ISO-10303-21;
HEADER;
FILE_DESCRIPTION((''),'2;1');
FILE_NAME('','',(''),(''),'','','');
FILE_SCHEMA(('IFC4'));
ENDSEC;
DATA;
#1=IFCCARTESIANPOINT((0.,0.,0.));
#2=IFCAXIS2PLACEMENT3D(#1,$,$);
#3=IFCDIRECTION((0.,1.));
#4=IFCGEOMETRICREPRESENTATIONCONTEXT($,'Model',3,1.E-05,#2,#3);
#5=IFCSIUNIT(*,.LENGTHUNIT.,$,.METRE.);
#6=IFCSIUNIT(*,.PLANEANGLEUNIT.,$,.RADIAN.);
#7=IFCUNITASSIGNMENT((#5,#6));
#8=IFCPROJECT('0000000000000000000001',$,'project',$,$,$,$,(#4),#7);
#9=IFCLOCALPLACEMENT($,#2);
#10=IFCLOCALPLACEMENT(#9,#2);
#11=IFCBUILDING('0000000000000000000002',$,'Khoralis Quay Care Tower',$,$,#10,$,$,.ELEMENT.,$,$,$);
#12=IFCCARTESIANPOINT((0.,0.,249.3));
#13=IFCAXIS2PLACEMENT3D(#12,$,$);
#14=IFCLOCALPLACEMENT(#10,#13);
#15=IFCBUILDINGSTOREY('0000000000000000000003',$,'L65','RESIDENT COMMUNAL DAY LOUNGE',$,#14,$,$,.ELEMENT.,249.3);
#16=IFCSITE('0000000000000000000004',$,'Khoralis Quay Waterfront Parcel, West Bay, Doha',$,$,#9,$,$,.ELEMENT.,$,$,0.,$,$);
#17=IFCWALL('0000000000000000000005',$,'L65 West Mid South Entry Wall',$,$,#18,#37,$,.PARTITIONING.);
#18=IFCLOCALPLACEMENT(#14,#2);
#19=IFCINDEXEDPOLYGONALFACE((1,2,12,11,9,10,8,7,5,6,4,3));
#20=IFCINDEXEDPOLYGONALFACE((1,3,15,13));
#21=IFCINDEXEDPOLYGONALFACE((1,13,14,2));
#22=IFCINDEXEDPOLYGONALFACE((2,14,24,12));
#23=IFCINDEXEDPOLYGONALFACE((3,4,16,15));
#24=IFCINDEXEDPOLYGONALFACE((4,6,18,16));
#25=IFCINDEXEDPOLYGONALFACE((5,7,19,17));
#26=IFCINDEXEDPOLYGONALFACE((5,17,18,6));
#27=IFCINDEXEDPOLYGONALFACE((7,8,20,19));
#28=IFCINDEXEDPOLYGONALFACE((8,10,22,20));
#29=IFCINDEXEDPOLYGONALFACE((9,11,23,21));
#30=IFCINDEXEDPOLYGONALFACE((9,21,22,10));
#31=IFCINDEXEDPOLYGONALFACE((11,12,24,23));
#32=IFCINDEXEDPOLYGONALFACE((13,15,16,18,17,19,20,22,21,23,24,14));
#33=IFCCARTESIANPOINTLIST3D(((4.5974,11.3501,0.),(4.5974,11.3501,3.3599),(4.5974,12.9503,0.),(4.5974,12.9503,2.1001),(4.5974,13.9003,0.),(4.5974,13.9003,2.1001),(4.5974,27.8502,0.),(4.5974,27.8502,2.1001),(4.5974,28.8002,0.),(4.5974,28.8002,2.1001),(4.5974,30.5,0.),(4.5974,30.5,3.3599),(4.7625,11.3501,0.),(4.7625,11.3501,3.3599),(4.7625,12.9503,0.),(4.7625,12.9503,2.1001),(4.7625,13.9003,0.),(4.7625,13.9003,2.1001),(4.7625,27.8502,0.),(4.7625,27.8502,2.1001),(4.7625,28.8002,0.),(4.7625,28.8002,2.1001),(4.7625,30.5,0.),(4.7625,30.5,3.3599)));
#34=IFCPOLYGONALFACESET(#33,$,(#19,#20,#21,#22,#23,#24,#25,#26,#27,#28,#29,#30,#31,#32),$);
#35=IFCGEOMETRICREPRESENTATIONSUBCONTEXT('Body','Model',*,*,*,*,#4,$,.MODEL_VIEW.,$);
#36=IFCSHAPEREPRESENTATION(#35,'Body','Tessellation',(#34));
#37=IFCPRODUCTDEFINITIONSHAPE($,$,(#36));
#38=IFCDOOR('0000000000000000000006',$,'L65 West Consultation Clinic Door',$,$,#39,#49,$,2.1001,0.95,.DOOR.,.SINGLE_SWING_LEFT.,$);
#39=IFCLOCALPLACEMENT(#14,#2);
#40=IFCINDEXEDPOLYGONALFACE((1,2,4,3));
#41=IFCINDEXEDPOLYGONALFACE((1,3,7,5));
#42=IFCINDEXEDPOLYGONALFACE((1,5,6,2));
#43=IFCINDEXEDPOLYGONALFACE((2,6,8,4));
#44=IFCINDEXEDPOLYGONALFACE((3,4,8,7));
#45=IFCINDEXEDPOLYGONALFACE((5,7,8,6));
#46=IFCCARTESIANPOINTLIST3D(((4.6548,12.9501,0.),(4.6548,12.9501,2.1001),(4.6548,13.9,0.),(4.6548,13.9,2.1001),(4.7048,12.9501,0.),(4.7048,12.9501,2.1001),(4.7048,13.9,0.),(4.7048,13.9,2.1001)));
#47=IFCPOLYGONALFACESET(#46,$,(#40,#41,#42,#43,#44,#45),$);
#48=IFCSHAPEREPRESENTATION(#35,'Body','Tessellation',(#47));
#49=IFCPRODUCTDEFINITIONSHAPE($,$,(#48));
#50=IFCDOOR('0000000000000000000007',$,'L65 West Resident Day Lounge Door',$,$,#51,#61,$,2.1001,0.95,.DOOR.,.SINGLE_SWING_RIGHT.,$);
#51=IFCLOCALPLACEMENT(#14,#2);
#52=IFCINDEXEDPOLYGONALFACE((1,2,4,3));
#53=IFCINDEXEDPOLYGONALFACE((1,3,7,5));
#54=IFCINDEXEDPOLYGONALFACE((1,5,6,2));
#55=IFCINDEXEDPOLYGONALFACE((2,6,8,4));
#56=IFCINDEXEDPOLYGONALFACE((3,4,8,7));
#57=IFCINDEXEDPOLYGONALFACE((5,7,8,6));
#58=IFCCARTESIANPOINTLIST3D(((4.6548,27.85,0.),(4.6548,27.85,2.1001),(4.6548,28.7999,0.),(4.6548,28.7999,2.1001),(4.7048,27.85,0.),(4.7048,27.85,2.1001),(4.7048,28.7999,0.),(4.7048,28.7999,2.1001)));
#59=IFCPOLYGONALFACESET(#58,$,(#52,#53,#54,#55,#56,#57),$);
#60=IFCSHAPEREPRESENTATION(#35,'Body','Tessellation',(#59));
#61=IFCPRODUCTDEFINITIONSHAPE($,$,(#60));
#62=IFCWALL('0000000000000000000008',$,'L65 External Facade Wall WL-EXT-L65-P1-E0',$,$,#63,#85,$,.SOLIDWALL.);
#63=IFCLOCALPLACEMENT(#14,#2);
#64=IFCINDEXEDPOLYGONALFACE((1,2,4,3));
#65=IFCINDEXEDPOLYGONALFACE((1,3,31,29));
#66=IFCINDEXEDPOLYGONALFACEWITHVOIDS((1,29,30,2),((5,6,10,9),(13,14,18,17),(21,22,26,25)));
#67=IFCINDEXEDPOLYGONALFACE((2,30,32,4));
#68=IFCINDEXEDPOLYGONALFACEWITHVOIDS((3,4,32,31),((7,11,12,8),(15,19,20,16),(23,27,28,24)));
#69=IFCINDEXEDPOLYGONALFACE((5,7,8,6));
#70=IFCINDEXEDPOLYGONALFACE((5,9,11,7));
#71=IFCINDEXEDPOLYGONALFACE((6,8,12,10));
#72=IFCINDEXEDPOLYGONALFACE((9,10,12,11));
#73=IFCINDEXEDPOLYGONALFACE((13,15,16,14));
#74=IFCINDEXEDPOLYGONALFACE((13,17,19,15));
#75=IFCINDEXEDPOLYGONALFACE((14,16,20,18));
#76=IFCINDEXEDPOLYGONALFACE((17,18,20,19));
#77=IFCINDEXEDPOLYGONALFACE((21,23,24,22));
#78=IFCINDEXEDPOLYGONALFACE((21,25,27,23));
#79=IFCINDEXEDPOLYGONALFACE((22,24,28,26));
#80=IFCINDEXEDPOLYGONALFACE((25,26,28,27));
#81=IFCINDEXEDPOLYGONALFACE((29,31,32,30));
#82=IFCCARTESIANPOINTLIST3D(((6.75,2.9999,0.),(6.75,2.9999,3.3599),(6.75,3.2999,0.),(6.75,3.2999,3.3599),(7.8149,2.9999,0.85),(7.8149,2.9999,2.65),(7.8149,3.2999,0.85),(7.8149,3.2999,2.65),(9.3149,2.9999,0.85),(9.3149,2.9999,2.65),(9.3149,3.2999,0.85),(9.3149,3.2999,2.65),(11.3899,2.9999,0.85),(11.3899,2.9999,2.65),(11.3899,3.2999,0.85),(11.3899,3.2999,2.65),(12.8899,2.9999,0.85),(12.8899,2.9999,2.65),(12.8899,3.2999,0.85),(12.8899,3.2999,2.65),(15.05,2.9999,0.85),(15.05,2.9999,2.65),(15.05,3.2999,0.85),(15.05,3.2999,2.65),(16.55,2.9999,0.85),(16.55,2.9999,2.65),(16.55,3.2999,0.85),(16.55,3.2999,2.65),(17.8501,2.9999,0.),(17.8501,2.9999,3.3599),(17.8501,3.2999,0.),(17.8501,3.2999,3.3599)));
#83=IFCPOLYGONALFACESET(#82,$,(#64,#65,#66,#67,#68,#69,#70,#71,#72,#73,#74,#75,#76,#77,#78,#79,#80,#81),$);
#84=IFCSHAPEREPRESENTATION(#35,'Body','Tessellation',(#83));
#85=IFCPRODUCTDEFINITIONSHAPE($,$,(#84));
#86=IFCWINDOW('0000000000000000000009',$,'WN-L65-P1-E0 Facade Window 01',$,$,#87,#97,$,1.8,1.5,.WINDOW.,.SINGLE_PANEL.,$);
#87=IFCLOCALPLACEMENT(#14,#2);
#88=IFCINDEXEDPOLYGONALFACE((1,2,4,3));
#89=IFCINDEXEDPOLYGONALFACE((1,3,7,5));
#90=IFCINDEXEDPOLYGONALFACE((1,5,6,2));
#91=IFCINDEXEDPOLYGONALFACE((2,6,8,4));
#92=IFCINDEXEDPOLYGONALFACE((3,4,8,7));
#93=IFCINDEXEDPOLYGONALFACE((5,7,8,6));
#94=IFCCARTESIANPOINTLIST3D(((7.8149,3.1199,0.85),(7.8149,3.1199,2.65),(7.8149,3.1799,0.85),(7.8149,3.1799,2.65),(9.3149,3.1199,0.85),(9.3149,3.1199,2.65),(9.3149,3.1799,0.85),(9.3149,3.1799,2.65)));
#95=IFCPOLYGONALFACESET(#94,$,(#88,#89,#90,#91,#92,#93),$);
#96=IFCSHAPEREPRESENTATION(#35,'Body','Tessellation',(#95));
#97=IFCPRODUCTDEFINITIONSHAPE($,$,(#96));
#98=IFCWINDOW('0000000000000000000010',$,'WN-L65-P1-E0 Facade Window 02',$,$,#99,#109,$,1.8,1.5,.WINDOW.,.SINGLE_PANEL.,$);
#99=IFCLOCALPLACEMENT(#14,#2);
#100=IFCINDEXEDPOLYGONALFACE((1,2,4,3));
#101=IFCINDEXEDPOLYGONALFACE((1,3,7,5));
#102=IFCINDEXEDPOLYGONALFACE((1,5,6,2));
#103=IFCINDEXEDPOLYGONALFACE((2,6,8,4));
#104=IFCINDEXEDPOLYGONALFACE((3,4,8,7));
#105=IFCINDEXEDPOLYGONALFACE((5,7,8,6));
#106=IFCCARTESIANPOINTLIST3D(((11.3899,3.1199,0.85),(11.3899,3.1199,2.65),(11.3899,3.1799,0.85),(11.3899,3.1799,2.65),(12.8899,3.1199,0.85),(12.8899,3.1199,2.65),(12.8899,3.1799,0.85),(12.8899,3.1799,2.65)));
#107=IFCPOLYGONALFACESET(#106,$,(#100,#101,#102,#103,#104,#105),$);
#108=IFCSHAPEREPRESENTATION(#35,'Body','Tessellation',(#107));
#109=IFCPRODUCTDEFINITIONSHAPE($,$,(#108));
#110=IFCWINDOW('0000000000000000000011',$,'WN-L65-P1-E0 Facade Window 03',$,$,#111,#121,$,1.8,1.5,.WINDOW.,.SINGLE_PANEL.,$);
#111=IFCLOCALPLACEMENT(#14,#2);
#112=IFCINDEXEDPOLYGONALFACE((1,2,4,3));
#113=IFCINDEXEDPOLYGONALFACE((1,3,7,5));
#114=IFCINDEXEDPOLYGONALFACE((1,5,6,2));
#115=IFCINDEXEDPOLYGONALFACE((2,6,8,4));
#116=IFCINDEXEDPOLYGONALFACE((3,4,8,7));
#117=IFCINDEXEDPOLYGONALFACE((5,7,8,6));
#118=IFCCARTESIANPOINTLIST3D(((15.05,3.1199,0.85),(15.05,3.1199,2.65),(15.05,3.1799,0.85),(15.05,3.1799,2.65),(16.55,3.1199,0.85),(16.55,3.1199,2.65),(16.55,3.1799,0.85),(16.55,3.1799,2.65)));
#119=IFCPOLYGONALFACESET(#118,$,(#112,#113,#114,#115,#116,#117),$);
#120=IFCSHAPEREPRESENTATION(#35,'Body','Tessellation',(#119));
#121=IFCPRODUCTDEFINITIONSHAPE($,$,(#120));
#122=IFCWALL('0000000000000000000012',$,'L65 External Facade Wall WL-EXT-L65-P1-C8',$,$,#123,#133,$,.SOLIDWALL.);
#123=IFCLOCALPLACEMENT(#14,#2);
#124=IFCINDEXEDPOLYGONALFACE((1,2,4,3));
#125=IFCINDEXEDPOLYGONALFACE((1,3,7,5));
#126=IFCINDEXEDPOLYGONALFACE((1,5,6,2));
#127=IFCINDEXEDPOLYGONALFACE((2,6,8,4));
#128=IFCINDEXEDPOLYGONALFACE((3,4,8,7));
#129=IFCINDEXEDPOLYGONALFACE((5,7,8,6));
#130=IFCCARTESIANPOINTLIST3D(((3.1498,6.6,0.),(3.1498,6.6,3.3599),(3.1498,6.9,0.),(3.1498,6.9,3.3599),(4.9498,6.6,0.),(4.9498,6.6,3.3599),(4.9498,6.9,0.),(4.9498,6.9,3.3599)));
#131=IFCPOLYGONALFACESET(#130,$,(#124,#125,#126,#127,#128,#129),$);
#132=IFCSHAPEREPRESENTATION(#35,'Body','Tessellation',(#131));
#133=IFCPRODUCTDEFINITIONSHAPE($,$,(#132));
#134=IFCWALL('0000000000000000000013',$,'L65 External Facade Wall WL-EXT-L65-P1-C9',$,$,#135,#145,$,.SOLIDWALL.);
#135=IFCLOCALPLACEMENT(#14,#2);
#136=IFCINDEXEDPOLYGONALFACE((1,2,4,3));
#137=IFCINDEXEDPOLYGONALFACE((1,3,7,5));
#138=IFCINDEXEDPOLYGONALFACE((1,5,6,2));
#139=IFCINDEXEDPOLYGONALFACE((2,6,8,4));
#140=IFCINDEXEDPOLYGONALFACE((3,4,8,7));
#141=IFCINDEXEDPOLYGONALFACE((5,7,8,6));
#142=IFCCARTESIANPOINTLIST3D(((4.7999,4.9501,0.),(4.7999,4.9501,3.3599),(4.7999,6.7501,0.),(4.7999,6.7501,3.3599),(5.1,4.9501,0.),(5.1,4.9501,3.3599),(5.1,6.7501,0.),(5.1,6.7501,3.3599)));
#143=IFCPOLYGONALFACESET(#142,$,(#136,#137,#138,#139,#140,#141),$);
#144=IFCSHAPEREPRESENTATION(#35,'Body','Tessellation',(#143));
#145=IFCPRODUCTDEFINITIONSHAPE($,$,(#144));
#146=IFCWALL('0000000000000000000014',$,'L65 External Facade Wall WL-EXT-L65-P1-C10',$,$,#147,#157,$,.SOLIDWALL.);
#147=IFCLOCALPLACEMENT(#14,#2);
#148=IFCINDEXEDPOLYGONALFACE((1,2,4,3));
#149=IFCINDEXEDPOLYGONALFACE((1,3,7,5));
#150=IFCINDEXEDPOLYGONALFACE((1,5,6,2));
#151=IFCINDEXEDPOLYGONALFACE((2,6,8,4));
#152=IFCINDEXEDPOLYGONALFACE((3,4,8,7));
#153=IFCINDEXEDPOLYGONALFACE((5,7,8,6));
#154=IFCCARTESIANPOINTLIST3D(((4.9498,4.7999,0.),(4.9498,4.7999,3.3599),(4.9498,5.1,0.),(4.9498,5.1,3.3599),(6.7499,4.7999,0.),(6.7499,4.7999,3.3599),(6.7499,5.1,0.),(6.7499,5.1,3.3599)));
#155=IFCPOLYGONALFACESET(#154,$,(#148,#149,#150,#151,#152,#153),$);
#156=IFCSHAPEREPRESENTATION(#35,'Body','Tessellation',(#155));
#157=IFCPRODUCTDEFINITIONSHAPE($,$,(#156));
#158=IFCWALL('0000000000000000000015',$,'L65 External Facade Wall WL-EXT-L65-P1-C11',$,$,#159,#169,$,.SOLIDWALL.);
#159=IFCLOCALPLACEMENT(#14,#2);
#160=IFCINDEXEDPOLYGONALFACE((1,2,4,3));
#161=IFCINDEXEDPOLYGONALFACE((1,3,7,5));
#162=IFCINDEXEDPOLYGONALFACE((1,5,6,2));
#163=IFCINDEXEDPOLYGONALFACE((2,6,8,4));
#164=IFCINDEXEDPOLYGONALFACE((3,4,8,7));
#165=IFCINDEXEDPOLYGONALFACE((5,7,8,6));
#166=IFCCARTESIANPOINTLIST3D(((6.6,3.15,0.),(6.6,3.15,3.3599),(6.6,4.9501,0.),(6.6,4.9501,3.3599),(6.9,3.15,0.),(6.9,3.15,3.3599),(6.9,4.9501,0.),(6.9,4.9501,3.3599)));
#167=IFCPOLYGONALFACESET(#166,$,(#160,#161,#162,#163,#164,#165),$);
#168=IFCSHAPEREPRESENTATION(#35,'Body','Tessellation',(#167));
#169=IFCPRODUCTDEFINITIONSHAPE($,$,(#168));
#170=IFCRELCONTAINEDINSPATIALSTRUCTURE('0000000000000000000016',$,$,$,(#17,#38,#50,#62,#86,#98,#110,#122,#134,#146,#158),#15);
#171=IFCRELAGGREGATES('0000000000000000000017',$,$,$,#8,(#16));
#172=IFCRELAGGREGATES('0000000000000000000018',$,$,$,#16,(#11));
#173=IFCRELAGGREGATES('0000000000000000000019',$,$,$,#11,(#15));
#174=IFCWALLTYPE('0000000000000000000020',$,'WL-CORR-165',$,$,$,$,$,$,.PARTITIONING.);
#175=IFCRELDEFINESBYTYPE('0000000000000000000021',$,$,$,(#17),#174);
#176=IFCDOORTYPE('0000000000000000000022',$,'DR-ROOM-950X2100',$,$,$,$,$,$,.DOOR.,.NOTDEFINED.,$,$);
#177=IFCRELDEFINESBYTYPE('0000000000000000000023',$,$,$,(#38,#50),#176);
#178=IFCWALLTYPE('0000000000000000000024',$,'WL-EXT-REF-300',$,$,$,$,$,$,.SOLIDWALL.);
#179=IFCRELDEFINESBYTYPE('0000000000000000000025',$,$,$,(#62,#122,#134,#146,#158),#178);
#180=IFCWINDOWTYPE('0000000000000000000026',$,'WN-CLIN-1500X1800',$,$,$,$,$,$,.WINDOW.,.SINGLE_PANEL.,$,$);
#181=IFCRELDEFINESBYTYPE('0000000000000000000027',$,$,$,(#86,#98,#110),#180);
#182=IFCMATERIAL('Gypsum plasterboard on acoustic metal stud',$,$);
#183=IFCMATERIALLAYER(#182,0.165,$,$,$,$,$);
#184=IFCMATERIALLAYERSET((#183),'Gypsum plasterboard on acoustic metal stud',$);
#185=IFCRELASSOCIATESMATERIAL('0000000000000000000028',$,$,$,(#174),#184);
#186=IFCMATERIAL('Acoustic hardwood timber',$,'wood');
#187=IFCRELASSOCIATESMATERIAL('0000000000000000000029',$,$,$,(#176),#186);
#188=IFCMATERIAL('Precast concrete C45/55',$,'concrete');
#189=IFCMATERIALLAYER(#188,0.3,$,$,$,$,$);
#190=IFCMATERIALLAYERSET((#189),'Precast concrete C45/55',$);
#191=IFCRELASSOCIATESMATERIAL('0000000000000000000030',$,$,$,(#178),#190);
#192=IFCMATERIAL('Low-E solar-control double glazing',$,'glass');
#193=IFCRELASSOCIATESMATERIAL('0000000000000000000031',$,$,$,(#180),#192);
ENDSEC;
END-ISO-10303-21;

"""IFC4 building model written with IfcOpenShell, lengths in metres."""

from ifc_helpers import new_model, si_unit, direction, frame, frame_2d, origin, place, context, subcontext, project, spatial, rectangle, extrude, source, transform, mapped, material, layer, layer_set, type_object, element, fill, save


model = new_model("IFC4")

# Units and contexts
model_context = context("Model", 3, precision=1e-05, world=origin(), true_north=direction((0.0, 1.0)))
body_context = subcontext(model_context, "Body", "Model", "MODEL_VIEW")
ifc_project = project(units=[si_unit("LENGTHUNIT", "METRE"), si_unit("PLANEANGLEUNIT", "RADIAN")], contexts=[model_context])

# Site, building, storey
site_placement = place(None, origin())
site = spatial("IfcSite", under=ifc_project, at=site_placement, Name="Khoralis Quay Waterfront Parcel, West Bay, Doha", CompositionType="ELEMENT", RefElevation=0.0)
building_placement = place(site_placement, origin())
building = spatial("IfcBuilding", under=site, at=building_placement, Name="Khoralis Quay Care Tower", CompositionType="ELEMENT")
storey_placement = place(building_placement, frame((0.0, 0.0, 249.3)))
storey = spatial("IfcBuildingStorey", under=building, at=storey_placement, Name="L65", Description="RESIDENT COMMUNAL DAY LOUNGE", CompositionType="ELEMENT", Elevation=249.3)

# Shared definitions
ifc_material_1 = material(Name="Precast concrete C45/55", Category="concrete")

# Shared definitions
ifc_material_2 = material(Name="Gypsum plasterboard on acoustic metal stud")

# Wall, openings, doors
ifc_layer_1 = layer(ifc_material_2, 0.165)
ifc_layer_set_1 = layer_set([ifc_layer_1], Name="Gypsum plasterboard on acoustic metal stud")
wall_type_1 = type_object("IfcWallType", Name="WL-CORR-165", PredefinedType="PARTITIONING", material=ifc_layer_set_1)
ifc_material_3 = material(Name="Acoustic hardwood timber", Category="wood")
door_type_1 = type_object("IfcDoorType", Name="DR-ROOM-950X2100", OperationType="NOTDEFINED", PredefinedType="DOOR", material=ifc_material_3)
shared_shape_1 = source(origin(), body_context, "Body", "SweptSolid", [
    extrude(rectangle(XDim=0.95, YDim=2.1001, at=frame_2d((0.4751, 1.05))), frame((0.0, 0.0249, 0.0), z_axis=(0.0, -1.0, 0.0), x_axis=(1.0, 0.0, 0.0)), (0.0, 0.0, 1.0), 0.05),
])
wall_1_placement = place(storey_placement, frame((4.6799, 11.3501, 0.0), z_axis=(0.0, 0.0, 1.0), x_axis=(0.0, 1.0, 0.0)))
wall_1 = element("IfcWall", 1, at=wall_1_placement, inside=storey, type_object=wall_type_1, Name="L65 West Mid South Entry Wall", PredefinedType="PARTITIONING", context=body_context, shape_type="SweptSolid", body=[
    extrude(rectangle(XDim=19.1499, YDim=0.165, at=frame_2d((9.575, 0.0))), origin(), (0.0, 0.0, 1.0), 3.3599),
])
opening_1_placement = place(wall_1_placement, frame((1.6001, 0.0, 0.0)))
opening_1 = element("IfcOpeningElement", 2, at=opening_1_placement, cuts=wall_1, PredefinedType="OPENING", context=body_context, shape_type="SweptSolid", body=[
    extrude(rectangle(XDim=0.95, YDim=2.1001, at=frame_2d((0.4751, 1.05))), frame((0.0, 0.0925, 0.0), z_axis=(0.0, -1.0, 0.0), x_axis=(1.0, 0.0, 0.0)), (0.0, 0.0, 1.0), 0.1851),
])
opening_2_placement = place(wall_1_placement, frame((16.5, 0.0, 0.0)))
opening_2 = element("IfcOpeningElement", 3, at=opening_2_placement, cuts=wall_1, PredefinedType="OPENING", context=body_context, shape_type="SweptSolid", body=[
    extrude(rectangle(XDim=0.95, YDim=2.1001, at=frame_2d((0.4751, 1.05))), frame((0.0, 0.0925, 0.0), z_axis=(0.0, -1.0, 0.0), x_axis=(1.0, 0.0, 0.0)), (0.0, 0.0, 1.0), 0.1851),
])
door_1_placement = place(opening_1_placement, frame((0.95, 0.0, 0.0), z_axis=(0.0, 0.0, 1.0), x_axis=(-1.0, 0.0, 0.0)))
door_1 = element("IfcDoor", 4, at=door_1_placement, inside=storey, type_object=door_type_1, Name="L65 West Consultation Clinic Door", OperationType="SINGLE_SWING_LEFT", OverallHeight=2.1001, OverallWidth=0.95, PredefinedType="DOOR", context=body_context, shape_type="MappedRepresentation", body=[
    mapped(shared_shape_1, transform((0.0, 0.0, 0.0), scale=1.0)),
])
fill(opening_1, door_1)
door_2_placement = place(opening_2_placement, frame((0.95, 0.0, 0.0), z_axis=(0.0, 0.0, 1.0), x_axis=(-1.0, 0.0, 0.0)))
door_2 = element("IfcDoor", 5, at=door_2_placement, inside=storey, type_object=door_type_1, Name="L65 West Resident Day Lounge Door", OperationType="SINGLE_SWING_RIGHT", OverallHeight=2.1001, OverallWidth=0.95, PredefinedType="DOOR", context=body_context, shape_type="MappedRepresentation", body=[
    mapped(shared_shape_1, transform((0.0, 0.0, 0.0), scale=1.0)),
])
fill(opening_2, door_2)

# Wall, openings, windows
ifc_layer_2 = layer(ifc_material_1, 0.3)
ifc_layer_set_2 = layer_set([ifc_layer_2], Name="Precast concrete C45/55")
wall_type_2 = type_object("IfcWallType", Name="WL-EXT-REF-300", PredefinedType="SOLIDWALL", material=ifc_layer_set_2)
wall_2_placement = place(storey_placement, frame((6.75, 3.1499, 0.0), z_axis=(0.0, 0.0, 1.0), x_axis=(1.0, 0.0, 0.0)))
wall_2 = element("IfcWall", 6, at=wall_2_placement, inside=storey, type_object=wall_type_2, Name="L65 External Facade Wall WL-EXT-L65-P1-E0", PredefinedType="SOLIDWALL", context=body_context, shape_type="SweptSolid", body=[
    extrude(rectangle(XDim=11.1001, YDim=0.3, at=frame_2d((5.55, 0.0))), origin(), (0.0, 0.0, 1.0), 3.3599),
])
opening_3_placement = place(wall_2_placement, frame((1.0649, 0.0, 0.8501)))
opening_3 = element("IfcOpeningElement", 7, at=opening_3_placement, cuts=wall_2, PredefinedType="OPENING", context=body_context, shape_type="SweptSolid", body=[
    extrude(rectangle(XDim=1.5, YDim=1.8, at=frame_2d((0.75, 0.8999))), frame((0.0, 0.1602, 0.0), z_axis=(0.0, -1.0, 0.0), x_axis=(1.0, 0.0, 0.0)), (0.0, 0.0, 1.0), 0.3201),
])
opening_4_placement = place(wall_2_placement, frame((4.6399, 0.0, 0.8501)))
opening_4 = element("IfcOpeningElement", 8, at=opening_4_placement, cuts=wall_2, PredefinedType="OPENING", context=body_context, shape_type="SweptSolid", body=[
    extrude(rectangle(XDim=1.5, YDim=1.8, at=frame_2d((0.75, 0.8999))), frame((0.0, 0.1602, 0.0), z_axis=(0.0, -1.0, 0.0), x_axis=(1.0, 0.0, 0.0)), (0.0, 0.0, 1.0), 0.3201),
])
opening_5_placement = place(wall_2_placement, frame((8.3, 0.0, 0.8501)))
opening_5 = element("IfcOpeningElement", 9, at=opening_5_placement, cuts=wall_2, PredefinedType="OPENING", context=body_context, shape_type="SweptSolid", body=[
    extrude(rectangle(XDim=1.5, YDim=1.8, at=frame_2d((0.75, 0.8999))), frame((0.0, 0.1602, 0.0), z_axis=(0.0, -1.0, 0.0), x_axis=(1.0, 0.0, 0.0)), (0.0, 0.0, 1.0), 0.3201),
])
ifc_material_4 = material(Name="Low-E solar-control double glazing", Category="glass")
window_type = type_object("IfcWindowType", Name="WN-CLIN-1500X1800", PartitioningType="SINGLE_PANEL", PredefinedType="WINDOW", material=ifc_material_4)
shared_shape_2 = source(origin(), body_context, "Body", "SweptSolid", [
    extrude(rectangle(XDim=1.5, YDim=1.8, at=frame_2d((0.75, 0.8999))), frame((0.0, 0.03, 0.0), z_axis=(0.0, -1.0, 0.0), x_axis=(1.0, 0.0, 0.0)), (0.0, 0.0, 1.0), 0.0601),
])
window_1_placement = place(opening_3_placement, origin())
window_1 = element("IfcWindow", 10, at=window_1_placement, inside=storey, type_object=window_type, Name="WN-L65-P1-E0 Facade Window 01", OverallHeight=1.8, OverallWidth=1.5, PartitioningType="SINGLE_PANEL", PredefinedType="WINDOW", context=body_context, shape_type="MappedRepresentation", body=[
    mapped(shared_shape_2, transform((0.0, 0.0, 0.0), scale=1.0)),
])
fill(opening_3, window_1)
window_2_placement = place(opening_4_placement, origin())
window_2 = element("IfcWindow", 11, at=window_2_placement, inside=storey, type_object=window_type, Name="WN-L65-P1-E0 Facade Window 02", OverallHeight=1.8, OverallWidth=1.5, PartitioningType="SINGLE_PANEL", PredefinedType="WINDOW", context=body_context, shape_type="MappedRepresentation", body=[
    mapped(shared_shape_2, transform((0.0, 0.0, 0.0), scale=1.0)),
])
fill(opening_4, window_2)
window_3_placement = place(opening_5_placement, origin())
window_3 = element("IfcWindow", 12, at=window_3_placement, inside=storey, type_object=window_type, Name="WN-L65-P1-E0 Facade Window 03", OverallHeight=1.8, OverallWidth=1.5, PartitioningType="SINGLE_PANEL", PredefinedType="WINDOW", context=body_context, shape_type="MappedRepresentation", body=[
    mapped(shared_shape_2, transform((0.0, 0.0, 0.0), scale=1.0)),
])
fill(opening_5, window_3)

# Walls
for number, where, z_axis, x_axis, name in (
    (13, (3.1499, 6.75, 0.0), (0.0, 0.0, 1.0), (1.0, 0.0, 0.0), "L65 External Facade Wall WL-EXT-L65-P1-C8"),
    (14, (4.95, 6.75, 0.0), (0.0, 0.0, 1.0), (0.0, -1.0, 0.0), "L65 External Facade Wall WL-EXT-L65-P1-C9"),
    (15, (4.95, 4.95, 0.0), (0.0, 0.0, 1.0), (1.0, 0.0, 0.0), "L65 External Facade Wall WL-EXT-L65-P1-C10"),
    (16, (6.75, 4.95, 0.0), (0.0, 0.0, 1.0), (0.0, -1.0, 0.0), "L65 External Facade Wall WL-EXT-L65-P1-C11"),
):
    element("IfcWall", number, at=place(storey_placement, frame(where, z_axis=z_axis, x_axis=x_axis)), inside=storey, type_object=wall_type_2, Name=name, PredefinedType="SOLIDWALL", context=body_context, shape_type="SweptSolid", body=[
        extrude(rectangle(XDim=1.8, YDim=0.3, at=frame_2d((0.8999, 0.0))), origin(), (0.0, 0.0, 1.0), 3.3599),
    ])

save(model, "model.ifc")
